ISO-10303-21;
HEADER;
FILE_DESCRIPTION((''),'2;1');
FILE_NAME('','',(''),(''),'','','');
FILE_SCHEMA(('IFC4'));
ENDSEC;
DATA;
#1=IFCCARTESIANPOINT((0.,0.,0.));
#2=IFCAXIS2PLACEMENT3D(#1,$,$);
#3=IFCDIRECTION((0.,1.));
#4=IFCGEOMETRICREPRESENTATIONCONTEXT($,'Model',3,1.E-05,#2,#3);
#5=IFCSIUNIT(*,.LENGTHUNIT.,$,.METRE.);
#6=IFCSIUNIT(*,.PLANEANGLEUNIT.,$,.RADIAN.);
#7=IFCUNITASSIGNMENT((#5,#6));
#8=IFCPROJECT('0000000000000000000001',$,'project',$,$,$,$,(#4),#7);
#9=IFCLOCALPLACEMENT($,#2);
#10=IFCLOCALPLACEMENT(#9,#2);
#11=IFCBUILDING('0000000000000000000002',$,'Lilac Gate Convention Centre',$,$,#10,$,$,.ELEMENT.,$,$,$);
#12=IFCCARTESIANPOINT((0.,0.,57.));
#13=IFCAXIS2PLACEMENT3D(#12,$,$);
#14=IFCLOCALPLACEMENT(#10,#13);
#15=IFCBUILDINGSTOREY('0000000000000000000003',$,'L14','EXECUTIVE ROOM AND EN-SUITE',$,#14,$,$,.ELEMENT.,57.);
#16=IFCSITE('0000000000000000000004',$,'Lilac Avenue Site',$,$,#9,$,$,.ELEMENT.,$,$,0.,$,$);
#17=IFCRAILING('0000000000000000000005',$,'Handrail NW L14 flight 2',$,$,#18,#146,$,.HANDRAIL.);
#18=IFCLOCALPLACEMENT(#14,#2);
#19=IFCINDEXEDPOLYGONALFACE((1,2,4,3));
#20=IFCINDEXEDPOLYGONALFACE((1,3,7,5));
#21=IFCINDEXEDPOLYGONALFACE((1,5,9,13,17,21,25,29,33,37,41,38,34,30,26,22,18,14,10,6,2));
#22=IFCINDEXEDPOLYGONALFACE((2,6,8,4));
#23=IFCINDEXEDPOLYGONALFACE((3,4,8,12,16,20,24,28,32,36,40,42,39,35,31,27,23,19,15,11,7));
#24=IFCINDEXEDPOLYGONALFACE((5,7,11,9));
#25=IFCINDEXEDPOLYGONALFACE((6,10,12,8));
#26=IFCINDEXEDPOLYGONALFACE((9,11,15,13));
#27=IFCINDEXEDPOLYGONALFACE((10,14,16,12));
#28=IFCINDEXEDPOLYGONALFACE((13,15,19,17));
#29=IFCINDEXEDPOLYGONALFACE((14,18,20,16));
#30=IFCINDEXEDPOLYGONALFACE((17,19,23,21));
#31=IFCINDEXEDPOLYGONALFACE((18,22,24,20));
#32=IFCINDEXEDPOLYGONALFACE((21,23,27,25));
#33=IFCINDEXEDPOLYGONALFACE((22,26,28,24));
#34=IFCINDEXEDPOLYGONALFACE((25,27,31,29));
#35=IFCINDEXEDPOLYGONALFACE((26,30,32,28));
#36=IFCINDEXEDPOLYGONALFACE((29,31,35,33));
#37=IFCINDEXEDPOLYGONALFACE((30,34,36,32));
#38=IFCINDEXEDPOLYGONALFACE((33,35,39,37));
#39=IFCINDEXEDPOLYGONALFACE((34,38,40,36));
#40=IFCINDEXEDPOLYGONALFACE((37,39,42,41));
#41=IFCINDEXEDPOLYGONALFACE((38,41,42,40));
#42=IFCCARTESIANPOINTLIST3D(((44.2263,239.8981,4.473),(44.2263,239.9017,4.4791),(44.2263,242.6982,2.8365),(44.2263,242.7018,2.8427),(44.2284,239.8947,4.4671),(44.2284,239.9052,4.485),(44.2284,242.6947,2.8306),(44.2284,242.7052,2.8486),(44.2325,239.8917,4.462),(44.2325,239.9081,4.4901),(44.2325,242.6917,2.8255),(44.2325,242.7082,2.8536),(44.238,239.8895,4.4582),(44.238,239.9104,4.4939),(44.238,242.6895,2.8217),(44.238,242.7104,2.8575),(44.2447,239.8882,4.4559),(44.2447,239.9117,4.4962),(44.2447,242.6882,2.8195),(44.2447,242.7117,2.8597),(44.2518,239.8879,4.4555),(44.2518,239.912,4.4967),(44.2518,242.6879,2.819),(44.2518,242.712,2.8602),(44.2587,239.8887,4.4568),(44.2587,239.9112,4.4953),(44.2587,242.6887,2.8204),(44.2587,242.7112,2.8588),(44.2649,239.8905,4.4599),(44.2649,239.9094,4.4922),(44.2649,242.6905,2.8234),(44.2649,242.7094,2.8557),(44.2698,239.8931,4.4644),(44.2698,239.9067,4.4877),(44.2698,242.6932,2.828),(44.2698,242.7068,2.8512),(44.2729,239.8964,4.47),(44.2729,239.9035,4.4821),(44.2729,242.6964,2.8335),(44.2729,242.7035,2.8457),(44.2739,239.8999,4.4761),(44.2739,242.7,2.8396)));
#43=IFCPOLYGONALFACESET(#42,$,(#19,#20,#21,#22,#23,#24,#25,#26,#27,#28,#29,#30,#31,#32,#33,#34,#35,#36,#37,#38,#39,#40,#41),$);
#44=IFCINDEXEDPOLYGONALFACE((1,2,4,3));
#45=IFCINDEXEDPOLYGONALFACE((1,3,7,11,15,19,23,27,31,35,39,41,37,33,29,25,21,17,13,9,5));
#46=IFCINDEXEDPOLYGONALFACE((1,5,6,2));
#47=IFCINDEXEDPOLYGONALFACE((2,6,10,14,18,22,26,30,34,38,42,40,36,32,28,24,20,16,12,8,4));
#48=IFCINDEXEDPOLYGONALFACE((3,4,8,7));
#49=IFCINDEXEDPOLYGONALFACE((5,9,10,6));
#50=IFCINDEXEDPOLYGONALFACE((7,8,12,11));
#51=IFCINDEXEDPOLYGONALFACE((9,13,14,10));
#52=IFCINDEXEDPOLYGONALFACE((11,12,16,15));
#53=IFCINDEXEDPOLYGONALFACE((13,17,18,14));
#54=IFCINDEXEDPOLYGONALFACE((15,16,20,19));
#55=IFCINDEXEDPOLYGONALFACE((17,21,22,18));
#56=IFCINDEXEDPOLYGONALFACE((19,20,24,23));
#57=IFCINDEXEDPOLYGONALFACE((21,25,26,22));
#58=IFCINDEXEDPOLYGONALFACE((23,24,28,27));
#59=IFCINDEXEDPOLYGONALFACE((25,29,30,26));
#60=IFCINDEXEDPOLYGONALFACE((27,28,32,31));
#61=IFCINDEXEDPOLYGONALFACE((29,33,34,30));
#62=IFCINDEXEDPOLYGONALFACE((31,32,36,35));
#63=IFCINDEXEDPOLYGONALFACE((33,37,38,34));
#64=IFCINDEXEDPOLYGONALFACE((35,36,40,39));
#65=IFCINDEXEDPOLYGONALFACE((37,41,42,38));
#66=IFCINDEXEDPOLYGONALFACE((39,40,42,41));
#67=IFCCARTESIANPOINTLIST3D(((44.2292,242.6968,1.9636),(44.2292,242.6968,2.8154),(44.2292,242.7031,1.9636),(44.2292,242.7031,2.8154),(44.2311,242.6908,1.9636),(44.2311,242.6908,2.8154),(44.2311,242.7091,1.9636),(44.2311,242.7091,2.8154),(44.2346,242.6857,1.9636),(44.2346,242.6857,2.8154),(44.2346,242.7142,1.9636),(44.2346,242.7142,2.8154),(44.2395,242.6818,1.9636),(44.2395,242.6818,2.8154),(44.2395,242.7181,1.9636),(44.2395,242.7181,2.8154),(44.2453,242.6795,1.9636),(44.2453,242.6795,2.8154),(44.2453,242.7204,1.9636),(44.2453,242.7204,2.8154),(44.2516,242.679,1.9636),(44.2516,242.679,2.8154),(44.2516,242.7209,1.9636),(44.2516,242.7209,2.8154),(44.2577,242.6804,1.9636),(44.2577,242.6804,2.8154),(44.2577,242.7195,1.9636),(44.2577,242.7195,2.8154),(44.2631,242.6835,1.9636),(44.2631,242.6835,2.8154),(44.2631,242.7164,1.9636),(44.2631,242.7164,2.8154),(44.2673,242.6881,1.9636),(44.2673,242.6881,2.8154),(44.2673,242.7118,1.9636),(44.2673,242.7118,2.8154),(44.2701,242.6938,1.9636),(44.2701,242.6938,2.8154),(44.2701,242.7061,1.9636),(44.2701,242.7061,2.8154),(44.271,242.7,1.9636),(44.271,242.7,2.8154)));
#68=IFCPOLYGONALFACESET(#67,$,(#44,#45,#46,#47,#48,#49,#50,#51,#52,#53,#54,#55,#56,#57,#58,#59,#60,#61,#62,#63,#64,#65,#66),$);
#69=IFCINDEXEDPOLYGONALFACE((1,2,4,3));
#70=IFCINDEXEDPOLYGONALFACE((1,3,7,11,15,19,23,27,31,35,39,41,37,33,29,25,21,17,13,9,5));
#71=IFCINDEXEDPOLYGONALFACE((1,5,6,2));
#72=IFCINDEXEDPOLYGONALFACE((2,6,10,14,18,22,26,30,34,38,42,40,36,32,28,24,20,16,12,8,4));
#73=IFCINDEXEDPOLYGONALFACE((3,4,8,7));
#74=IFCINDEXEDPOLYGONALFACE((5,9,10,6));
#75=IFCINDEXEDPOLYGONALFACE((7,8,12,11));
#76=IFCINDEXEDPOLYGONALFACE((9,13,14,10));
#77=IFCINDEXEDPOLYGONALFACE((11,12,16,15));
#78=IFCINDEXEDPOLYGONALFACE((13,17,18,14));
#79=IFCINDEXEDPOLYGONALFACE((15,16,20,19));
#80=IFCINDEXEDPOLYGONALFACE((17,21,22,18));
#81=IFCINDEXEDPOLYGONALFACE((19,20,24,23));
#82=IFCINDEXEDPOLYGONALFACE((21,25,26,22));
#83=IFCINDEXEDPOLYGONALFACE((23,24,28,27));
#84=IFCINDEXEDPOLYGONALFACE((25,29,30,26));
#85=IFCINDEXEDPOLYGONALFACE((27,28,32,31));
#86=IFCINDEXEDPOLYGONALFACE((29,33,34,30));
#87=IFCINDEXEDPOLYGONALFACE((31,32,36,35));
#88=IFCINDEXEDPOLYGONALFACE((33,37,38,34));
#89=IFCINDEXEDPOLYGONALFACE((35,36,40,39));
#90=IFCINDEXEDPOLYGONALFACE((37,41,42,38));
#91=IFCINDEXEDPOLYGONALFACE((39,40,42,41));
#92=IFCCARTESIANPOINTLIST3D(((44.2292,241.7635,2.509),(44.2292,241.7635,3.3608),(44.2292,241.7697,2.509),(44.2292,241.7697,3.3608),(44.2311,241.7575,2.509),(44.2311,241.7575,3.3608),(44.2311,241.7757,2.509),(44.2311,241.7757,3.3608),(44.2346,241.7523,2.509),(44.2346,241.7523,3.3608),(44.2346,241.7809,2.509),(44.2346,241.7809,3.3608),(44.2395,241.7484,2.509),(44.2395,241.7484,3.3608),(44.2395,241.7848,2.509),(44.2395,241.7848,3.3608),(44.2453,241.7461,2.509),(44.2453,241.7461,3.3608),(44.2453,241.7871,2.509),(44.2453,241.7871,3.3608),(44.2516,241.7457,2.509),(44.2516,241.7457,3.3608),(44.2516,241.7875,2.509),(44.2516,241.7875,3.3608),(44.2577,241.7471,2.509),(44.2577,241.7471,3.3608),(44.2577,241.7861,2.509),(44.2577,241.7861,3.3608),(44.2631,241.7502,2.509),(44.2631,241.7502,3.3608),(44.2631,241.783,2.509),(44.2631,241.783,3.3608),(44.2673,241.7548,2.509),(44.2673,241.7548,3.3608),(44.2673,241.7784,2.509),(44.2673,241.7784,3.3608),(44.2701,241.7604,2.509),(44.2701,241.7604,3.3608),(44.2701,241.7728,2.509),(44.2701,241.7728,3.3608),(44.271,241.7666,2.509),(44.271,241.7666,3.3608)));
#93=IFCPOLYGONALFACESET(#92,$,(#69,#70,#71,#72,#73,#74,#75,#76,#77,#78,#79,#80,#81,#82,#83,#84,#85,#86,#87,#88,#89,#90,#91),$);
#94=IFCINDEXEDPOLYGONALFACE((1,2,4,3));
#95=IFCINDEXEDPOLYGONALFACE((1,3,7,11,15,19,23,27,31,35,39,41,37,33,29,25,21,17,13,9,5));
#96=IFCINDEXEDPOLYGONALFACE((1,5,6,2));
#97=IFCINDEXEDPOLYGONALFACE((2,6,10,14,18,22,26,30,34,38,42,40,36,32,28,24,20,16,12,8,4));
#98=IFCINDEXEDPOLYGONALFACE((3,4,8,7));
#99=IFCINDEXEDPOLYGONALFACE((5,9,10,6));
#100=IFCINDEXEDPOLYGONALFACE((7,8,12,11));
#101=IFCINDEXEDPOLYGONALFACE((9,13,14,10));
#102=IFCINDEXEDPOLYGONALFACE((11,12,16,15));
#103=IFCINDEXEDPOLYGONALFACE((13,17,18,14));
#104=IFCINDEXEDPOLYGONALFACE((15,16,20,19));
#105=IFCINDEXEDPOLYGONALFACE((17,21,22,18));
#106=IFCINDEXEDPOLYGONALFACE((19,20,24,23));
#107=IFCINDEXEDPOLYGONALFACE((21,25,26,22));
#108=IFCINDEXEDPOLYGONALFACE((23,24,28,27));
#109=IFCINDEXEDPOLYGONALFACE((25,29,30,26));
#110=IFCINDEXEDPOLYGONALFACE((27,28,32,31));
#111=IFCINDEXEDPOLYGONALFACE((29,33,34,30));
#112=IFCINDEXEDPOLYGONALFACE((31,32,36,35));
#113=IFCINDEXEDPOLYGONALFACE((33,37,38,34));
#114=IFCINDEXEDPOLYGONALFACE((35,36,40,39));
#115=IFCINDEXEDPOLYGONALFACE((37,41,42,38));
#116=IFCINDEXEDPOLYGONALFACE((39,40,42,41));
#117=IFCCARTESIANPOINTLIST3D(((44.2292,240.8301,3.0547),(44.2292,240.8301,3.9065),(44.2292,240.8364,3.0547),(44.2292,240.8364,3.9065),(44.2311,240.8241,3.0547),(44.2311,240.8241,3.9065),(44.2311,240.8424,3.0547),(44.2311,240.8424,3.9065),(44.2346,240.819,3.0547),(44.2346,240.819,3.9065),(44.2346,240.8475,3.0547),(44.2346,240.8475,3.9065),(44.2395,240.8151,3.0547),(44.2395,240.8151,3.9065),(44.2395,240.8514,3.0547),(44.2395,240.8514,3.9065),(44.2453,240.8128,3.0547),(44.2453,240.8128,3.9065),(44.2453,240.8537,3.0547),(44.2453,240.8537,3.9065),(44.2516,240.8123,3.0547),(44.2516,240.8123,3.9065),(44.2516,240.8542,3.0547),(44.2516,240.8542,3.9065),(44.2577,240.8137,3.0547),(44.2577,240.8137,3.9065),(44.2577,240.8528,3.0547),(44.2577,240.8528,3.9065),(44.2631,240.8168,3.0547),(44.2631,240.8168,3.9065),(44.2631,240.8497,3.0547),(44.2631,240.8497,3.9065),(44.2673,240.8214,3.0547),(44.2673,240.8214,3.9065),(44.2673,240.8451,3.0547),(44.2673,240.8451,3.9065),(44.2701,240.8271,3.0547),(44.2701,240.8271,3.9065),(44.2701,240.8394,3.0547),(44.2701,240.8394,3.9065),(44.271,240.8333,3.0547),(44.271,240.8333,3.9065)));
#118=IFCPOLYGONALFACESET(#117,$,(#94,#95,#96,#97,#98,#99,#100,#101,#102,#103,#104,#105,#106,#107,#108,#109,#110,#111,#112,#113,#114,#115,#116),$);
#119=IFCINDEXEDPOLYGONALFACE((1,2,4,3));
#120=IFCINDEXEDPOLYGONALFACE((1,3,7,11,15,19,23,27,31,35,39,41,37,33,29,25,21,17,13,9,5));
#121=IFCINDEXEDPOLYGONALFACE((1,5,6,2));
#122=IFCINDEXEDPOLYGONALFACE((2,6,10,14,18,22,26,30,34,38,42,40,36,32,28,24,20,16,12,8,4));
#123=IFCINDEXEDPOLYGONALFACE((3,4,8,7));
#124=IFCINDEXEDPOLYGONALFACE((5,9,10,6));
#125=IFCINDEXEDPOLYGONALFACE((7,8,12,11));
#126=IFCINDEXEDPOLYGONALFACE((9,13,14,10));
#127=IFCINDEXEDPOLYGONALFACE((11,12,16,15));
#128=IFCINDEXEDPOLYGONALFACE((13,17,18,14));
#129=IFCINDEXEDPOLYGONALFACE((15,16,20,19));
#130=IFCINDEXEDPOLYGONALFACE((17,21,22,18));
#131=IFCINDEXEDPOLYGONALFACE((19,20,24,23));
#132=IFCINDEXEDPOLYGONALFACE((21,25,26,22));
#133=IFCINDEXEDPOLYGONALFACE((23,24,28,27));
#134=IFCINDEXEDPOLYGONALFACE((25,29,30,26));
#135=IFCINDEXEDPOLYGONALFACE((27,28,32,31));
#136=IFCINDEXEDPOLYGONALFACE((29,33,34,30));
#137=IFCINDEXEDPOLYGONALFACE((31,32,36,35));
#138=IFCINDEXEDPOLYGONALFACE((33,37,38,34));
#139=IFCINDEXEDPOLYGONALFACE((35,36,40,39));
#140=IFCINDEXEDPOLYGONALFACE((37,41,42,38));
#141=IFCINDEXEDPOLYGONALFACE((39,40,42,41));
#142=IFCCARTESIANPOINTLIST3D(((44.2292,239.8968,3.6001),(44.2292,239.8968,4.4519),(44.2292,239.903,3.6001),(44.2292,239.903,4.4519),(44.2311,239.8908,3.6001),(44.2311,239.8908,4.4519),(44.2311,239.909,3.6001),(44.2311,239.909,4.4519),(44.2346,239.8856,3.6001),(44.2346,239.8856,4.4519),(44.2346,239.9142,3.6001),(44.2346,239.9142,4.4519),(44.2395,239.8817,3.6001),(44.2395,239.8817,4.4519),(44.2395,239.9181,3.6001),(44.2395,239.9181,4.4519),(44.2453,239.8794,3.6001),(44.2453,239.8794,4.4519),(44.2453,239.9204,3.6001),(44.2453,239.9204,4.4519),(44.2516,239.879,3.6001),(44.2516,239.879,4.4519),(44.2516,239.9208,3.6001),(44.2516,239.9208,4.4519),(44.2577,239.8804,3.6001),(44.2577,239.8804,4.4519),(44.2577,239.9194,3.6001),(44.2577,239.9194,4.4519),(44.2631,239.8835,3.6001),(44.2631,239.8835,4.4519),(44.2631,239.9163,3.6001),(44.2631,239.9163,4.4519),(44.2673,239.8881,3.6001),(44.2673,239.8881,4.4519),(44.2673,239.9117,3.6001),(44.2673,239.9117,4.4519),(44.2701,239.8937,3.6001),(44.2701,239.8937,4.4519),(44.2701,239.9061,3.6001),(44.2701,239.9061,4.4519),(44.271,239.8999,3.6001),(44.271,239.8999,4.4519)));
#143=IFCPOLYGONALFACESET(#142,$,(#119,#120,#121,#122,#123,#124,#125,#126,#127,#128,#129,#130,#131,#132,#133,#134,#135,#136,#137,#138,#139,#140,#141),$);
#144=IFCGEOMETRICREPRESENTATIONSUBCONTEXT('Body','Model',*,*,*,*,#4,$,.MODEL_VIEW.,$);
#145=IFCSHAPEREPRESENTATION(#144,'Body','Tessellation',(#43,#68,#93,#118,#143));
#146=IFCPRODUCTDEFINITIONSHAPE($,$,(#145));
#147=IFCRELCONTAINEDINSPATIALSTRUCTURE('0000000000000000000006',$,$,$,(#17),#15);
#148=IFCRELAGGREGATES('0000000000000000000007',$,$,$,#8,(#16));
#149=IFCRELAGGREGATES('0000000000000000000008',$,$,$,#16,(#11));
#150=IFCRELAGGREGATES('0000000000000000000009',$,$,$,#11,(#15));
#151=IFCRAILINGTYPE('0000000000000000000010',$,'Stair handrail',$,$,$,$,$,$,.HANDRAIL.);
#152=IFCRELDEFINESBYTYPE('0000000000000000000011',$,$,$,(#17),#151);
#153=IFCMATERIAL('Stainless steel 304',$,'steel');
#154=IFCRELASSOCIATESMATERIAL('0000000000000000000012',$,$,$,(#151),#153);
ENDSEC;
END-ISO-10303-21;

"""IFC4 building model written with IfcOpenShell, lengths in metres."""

from ifc_helpers import new_model, si_unit, direction, frame, origin, origin_2d, place, context, subcontext, project, spatial, circle, extrude, material, type_object, element, save


model = new_model("IFC4")

# Units and contexts
model_context = context("Model", 3, precision=1e-05, world=origin(), true_north=direction((0.0, 1.0)))
body_context = subcontext(model_context, "Body", "Model", "MODEL_VIEW")
ifc_project = project(units=[si_unit("LENGTHUNIT", "METRE"), si_unit("PLANEANGLEUNIT", "RADIAN")], contexts=[model_context])

# Site, building, storey
site_placement = place(None, origin())
site = spatial("IfcSite", under=ifc_project, at=site_placement, Name="Lilac Avenue Site", CompositionType="ELEMENT", RefElevation=0.0)
building_placement = place(site_placement, origin())
building = spatial("IfcBuilding", under=site, at=building_placement, Name="Lilac Gate Convention Centre", CompositionType="ELEMENT")
storey_placement = place(building_placement, frame((0.0, 0.0, 57.0)))
storey = spatial("IfcBuildingStorey", under=building, at=storey_placement, Name="L14", Description="EXECUTIVE ROOM AND EN-SUITE", CompositionType="ELEMENT", Elevation=57.0)

# Railing
ifc_material_1 = material(Name="Stainless steel 304", Category="steel")
railing_type = type_object("IfcRailingType", Name="Stair handrail", PredefinedType="HANDRAIL", material=ifc_material_1)
for number, where, name in (
    (1, (44.25, 242.7, 1.9636), "Handrail NW L14 flight 2"),
):
    element("IfcRailing", number, at=place(storey_placement, frame(where)), inside=storey, type_object=railing_type, Name=name, PredefinedType="HANDRAIL", context=body_context, shape_type="SweptSolid", body=[
        extrude(circle(Radius=0.0239, at=origin_2d()), frame((0.0, 0.0, 0.876), z_axis=(0.0, -0.863361, 0.504587), x_axis=(1.0, 0.0, 0.0)), (0.0, 0.0, 1.0), 3.2432),
        extrude(circle(Radius=0.021, at=origin_2d()), origin(), (0.0, 0.0, 1.0), 0.8518),
        extrude(circle(Radius=0.021, at=origin_2d()), frame((0.0, -0.9333, 0.5454)), (0.0, 0.0, 1.0), 0.8518),
        extrude(circle(Radius=0.021, at=origin_2d()), frame((0.0, -1.8667, 1.0911)), (0.0, 0.0, 1.0), 0.8518),
        extrude(circle(Radius=0.021, at=origin_2d()), frame((0.0, -2.8, 1.6365)), (0.0, 0.0, 1.0), 0.8518),
    ])

save(model, "model.ifc")
